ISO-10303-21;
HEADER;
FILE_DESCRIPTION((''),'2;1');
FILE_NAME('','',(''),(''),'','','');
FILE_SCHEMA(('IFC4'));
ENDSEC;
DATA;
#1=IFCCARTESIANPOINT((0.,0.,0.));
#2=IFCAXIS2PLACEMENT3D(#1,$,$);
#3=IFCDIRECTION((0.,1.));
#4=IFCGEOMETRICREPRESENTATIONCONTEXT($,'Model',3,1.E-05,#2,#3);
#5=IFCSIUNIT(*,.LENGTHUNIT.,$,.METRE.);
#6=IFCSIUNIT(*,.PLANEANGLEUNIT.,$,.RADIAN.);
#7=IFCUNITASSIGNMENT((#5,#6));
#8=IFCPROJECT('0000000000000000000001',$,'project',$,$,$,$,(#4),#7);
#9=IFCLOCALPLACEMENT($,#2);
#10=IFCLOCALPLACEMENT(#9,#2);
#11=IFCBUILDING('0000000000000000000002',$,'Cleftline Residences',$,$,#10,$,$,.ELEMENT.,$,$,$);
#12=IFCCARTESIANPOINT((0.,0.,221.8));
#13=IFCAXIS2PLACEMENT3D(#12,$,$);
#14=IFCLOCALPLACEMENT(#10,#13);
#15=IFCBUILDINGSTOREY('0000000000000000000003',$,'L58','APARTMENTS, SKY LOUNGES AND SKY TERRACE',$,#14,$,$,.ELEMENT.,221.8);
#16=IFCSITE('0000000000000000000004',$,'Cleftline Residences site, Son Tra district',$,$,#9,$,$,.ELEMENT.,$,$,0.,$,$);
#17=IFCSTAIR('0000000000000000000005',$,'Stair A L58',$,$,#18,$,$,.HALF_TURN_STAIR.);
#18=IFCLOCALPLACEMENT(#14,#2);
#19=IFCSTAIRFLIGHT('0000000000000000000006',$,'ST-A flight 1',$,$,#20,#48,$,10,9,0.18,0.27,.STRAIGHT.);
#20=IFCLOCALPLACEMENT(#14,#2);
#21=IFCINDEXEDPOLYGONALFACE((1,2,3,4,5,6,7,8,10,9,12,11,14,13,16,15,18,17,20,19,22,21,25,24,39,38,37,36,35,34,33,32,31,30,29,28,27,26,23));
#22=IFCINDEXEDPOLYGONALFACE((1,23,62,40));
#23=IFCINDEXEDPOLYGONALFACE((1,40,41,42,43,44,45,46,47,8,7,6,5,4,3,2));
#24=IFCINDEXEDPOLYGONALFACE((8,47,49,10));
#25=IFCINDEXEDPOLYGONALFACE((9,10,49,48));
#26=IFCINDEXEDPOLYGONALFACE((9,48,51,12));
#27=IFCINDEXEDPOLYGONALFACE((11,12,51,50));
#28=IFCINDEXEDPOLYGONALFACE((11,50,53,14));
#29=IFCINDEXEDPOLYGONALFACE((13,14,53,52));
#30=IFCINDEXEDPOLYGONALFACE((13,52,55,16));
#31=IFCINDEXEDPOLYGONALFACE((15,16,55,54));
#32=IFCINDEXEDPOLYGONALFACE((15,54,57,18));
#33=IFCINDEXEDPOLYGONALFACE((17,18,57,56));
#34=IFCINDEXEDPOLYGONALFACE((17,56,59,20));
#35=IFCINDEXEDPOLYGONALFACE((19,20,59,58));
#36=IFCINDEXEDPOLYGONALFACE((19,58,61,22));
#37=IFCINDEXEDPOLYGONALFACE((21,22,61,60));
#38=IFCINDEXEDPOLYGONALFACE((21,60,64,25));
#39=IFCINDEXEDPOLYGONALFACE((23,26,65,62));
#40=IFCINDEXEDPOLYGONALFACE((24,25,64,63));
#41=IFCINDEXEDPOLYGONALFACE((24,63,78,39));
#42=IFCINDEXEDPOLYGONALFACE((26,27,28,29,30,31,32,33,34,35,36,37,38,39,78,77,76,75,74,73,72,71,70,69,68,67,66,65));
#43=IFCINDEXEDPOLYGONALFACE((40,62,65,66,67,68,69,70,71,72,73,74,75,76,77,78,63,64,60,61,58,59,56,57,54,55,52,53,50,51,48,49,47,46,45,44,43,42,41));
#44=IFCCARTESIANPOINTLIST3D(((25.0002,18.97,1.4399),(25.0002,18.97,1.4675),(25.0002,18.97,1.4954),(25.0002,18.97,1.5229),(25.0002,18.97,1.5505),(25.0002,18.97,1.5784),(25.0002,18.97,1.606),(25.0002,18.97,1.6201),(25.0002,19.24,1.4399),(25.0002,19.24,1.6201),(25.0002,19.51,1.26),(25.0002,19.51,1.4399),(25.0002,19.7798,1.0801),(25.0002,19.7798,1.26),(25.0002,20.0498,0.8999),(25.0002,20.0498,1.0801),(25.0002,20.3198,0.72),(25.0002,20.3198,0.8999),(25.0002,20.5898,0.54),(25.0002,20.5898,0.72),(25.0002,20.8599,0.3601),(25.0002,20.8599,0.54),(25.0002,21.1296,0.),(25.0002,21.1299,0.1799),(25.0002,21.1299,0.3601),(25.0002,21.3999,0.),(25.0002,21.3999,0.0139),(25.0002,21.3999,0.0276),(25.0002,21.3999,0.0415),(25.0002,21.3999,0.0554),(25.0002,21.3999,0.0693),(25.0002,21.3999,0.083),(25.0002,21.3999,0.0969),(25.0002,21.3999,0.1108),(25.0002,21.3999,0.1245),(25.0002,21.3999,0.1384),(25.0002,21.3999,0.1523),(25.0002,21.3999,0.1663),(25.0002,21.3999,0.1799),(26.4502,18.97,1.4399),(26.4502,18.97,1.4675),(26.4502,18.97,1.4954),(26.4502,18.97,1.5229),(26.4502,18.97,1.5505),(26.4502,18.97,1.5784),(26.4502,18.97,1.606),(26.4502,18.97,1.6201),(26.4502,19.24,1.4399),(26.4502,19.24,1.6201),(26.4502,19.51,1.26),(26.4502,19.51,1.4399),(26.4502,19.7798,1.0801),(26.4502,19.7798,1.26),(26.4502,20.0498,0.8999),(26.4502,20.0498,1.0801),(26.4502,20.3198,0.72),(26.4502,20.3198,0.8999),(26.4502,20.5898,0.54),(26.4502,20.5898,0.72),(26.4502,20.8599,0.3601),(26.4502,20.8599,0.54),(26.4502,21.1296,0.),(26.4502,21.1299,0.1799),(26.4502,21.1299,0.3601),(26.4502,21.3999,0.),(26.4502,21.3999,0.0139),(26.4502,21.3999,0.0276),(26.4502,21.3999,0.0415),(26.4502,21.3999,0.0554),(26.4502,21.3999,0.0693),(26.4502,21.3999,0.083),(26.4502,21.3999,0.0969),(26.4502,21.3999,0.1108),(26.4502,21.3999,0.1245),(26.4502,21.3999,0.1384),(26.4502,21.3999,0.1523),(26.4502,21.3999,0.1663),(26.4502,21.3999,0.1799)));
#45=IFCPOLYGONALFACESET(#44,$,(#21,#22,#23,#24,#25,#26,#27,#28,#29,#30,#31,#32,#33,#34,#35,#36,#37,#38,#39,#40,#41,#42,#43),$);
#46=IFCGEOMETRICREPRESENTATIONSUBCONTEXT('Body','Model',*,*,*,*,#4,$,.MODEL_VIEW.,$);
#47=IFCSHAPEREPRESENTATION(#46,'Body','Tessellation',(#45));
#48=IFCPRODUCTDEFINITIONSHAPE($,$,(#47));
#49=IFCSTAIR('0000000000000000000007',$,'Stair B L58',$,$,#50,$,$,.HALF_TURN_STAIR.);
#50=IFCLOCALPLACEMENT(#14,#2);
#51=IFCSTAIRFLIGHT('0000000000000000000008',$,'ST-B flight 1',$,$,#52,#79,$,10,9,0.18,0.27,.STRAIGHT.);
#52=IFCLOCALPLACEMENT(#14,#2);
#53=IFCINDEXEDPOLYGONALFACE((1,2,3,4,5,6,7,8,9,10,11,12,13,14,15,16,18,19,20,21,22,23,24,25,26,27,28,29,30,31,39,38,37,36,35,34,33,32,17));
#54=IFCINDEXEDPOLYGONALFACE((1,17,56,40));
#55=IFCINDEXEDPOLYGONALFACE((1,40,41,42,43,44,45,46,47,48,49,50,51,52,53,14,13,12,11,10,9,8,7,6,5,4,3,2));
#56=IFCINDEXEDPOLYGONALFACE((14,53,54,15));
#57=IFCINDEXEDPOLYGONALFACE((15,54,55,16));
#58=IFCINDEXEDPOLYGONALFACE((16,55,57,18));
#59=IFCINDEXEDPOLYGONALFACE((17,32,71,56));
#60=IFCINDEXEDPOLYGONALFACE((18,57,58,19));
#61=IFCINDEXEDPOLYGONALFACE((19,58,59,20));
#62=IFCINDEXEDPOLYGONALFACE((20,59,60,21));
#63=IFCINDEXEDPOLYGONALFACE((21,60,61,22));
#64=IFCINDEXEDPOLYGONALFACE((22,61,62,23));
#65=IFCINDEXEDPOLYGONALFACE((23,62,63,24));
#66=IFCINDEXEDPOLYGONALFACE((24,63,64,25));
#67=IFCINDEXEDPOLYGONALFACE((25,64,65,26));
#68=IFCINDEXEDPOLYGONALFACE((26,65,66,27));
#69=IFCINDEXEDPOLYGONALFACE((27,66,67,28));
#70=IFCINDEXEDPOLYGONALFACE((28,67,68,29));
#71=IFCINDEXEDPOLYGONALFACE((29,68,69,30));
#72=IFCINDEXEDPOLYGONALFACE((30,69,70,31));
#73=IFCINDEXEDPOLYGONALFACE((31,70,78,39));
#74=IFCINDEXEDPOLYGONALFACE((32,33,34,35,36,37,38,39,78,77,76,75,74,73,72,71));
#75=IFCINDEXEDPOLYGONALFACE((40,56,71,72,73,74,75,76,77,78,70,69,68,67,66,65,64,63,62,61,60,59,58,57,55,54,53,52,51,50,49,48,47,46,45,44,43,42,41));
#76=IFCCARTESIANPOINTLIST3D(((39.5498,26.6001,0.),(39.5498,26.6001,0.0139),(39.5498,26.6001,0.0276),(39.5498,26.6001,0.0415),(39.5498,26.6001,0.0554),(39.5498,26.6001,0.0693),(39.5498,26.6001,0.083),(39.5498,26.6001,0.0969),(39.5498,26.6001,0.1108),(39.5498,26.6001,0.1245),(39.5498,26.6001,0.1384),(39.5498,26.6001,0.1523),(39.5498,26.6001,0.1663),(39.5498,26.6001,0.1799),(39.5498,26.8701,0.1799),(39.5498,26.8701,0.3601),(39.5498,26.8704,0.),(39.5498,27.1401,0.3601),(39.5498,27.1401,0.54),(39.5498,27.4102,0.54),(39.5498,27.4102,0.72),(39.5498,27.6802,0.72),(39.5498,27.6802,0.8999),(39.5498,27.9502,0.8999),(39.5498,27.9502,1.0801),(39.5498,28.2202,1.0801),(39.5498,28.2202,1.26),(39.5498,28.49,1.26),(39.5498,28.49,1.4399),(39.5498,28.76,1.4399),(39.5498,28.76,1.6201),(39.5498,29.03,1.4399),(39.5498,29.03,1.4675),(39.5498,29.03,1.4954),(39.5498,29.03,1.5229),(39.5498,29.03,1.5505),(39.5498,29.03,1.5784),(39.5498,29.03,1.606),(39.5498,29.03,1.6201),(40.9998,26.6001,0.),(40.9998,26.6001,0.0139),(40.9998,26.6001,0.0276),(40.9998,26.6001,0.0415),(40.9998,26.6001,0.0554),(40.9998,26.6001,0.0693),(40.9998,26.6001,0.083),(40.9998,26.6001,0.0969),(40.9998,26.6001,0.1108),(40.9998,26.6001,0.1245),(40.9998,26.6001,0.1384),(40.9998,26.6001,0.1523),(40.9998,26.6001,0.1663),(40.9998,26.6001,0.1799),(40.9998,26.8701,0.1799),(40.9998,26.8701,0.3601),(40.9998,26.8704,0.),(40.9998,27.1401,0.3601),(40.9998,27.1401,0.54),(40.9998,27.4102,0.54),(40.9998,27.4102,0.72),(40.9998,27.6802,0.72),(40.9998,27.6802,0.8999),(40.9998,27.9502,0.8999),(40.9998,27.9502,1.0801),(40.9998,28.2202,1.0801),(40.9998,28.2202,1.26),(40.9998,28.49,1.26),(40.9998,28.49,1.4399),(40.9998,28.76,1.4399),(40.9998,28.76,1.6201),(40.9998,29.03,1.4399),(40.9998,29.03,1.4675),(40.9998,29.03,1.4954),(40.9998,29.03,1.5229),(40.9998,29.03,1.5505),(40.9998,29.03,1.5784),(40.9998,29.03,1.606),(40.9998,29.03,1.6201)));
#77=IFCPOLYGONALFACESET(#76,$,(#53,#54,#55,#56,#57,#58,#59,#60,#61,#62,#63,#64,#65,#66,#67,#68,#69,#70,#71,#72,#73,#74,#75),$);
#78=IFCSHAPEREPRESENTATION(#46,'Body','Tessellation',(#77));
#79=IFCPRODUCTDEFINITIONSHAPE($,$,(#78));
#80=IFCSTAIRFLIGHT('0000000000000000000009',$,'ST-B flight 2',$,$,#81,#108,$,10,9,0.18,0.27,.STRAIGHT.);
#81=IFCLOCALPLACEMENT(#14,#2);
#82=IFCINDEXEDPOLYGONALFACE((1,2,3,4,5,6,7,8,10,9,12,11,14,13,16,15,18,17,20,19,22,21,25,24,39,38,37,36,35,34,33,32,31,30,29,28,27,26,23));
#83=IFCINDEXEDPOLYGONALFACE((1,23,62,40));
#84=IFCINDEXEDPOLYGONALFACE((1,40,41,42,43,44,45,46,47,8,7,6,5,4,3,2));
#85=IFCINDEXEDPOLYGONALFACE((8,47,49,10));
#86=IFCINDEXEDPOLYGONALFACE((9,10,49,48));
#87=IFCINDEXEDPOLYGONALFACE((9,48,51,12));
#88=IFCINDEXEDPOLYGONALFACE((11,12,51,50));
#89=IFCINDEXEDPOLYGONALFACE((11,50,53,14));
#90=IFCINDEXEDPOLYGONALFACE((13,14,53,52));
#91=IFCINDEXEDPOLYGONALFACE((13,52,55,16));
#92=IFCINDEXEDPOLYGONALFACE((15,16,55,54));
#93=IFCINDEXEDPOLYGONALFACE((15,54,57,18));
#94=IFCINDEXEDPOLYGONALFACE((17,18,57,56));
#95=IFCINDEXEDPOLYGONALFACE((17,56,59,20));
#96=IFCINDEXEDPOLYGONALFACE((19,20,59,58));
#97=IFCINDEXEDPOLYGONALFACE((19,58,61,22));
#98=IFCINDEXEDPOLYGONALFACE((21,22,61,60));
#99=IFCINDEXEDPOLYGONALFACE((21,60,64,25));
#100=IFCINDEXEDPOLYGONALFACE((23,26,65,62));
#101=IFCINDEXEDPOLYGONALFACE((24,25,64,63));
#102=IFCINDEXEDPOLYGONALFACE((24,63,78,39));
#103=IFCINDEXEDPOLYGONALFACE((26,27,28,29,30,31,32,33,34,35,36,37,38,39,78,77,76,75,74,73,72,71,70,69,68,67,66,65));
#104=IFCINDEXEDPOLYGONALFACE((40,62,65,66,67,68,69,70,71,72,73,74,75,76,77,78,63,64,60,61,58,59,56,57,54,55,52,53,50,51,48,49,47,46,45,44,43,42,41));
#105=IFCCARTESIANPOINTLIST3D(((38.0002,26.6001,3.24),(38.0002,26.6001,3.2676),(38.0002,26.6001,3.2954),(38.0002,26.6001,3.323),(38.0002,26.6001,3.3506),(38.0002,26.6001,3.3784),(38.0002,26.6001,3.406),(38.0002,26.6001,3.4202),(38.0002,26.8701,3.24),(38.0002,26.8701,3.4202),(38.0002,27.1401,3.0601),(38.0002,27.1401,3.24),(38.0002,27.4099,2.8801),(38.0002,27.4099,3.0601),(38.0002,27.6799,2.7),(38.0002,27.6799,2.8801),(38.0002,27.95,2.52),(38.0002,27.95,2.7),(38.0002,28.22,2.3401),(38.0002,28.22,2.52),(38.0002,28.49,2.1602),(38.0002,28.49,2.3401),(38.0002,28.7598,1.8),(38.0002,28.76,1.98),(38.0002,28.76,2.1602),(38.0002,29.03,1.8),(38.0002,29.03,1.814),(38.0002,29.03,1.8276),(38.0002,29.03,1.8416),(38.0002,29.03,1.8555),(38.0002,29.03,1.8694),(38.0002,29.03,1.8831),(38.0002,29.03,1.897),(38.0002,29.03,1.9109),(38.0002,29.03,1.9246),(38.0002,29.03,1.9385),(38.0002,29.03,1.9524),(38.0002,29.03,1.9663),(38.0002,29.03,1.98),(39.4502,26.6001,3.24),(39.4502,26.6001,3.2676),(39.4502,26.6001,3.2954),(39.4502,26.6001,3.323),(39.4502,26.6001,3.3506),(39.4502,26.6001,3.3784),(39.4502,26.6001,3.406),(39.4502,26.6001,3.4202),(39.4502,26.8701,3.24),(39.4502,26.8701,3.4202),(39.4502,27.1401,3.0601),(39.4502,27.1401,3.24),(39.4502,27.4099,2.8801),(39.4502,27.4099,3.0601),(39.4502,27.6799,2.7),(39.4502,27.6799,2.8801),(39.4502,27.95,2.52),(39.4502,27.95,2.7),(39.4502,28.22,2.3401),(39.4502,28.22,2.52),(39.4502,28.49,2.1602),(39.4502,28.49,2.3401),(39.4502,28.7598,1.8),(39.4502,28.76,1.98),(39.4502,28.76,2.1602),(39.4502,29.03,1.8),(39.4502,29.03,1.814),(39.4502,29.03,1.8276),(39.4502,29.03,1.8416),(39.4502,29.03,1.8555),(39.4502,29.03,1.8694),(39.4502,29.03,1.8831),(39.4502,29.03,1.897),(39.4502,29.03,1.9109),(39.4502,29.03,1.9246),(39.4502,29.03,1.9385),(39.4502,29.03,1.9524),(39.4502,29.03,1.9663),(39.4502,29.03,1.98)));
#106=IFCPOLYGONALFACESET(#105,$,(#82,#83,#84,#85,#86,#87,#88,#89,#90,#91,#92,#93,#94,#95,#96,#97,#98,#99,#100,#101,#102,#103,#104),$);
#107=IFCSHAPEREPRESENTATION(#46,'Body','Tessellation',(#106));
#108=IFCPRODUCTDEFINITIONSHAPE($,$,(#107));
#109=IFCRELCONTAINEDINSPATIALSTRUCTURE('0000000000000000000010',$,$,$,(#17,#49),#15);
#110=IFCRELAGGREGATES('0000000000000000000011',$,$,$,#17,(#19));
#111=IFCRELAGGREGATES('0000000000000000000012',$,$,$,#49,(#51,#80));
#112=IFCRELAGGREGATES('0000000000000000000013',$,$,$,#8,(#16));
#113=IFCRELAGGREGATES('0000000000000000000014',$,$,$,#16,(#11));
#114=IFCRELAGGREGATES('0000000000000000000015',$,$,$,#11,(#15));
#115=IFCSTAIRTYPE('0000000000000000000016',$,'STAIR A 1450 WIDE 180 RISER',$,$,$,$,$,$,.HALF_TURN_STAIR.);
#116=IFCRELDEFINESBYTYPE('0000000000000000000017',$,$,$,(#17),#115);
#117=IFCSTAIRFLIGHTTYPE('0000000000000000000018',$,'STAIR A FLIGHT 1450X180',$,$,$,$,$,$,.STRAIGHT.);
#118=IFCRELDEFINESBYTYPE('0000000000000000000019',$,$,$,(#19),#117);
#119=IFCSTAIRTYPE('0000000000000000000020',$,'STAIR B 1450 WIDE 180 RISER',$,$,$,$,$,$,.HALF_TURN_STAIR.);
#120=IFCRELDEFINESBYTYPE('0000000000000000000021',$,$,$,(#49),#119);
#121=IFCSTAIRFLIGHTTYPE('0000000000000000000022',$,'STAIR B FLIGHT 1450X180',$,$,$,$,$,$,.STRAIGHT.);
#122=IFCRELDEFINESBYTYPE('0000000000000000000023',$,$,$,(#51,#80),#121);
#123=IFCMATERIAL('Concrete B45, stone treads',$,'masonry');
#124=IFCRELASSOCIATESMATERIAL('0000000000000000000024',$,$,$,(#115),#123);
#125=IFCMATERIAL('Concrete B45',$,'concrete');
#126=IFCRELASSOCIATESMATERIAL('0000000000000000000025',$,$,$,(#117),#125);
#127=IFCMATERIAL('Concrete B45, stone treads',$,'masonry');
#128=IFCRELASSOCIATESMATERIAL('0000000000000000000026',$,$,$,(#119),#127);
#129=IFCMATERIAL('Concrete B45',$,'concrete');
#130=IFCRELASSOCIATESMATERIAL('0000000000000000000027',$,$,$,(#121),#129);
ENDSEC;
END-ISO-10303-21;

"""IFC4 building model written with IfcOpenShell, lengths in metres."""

from ifc_helpers import new_model, si_unit, direction, frame, origin, place, context, subcontext, project, spatial, polyline, outline, extrude, material, type_object, element, aggregate, save


model = new_model("IFC4")

# Units and contexts
model_context = context("Model", 3, precision=1e-05, world=origin(), true_north=direction((0.0, 1.0)))
body_context = subcontext(model_context, "Body", "Model", "MODEL_VIEW")
ifc_project = project(units=[si_unit("LENGTHUNIT", "METRE"), si_unit("PLANEANGLEUNIT", "RADIAN")], contexts=[model_context])

# Site, building, storey
site_placement = place(None, origin())
site = spatial("IfcSite", under=ifc_project, at=site_placement, Name="Cleftline Residences site, Son Tra district", CompositionType="ELEMENT", RefElevation=0.0)
building_placement = place(site_placement, origin())
building = spatial("IfcBuilding", under=site, at=building_placement, Name="Cleftline Residences", CompositionType="ELEMENT")
storey_placement = place(building_placement, frame((0.0, 0.0, 221.8)))
storey = spatial("IfcBuildingStorey", under=building, at=storey_placement, Name="L58", Description="APARTMENTS, SKY LOUNGES AND SKY TERRACE", CompositionType="ELEMENT", Elevation=221.8)

# Stair, stair flight
ifc_material_1 = material(Name="Concrete B45, stone treads", Category="masonry")
stair_type_1 = type_object("IfcStairType", Name="STAIR A 1450 WIDE 180 RISER", PredefinedType="HALF_TURN_STAIR", material=ifc_material_1)
stair_1_placement = place(storey_placement, origin())
stair_1 = element("IfcStair", 1, at=stair_1_placement, inside=storey, type_object=stair_type_1, Name="Stair A L58", PredefinedType="HALF_TURN_STAIR")
ifc_material_2 = material(Name="Concrete B45", Category="concrete")
stair_flight_type_1 = type_object("IfcStairFlightType", Name="STAIR A FLIGHT 1450X180", PredefinedType="STRAIGHT", material=ifc_material_2)
stair_flight_1_placement = place(storey_placement, frame((25.7251, 21.3999, 0.0), z_axis=(0.0, 0.0, 1.0), x_axis=(0.0, -1.0, 0.0)))
stair_flight_1 = element("IfcStairFlight", 2, at=stair_flight_1_placement, type_object=stair_flight_type_1, Name="ST-A flight 1", NumberOfRisers=10, NumberOfTreads=9, PredefinedType="STRAIGHT", RiserHeight=0.18, TreadLength=0.27, context=body_context, shape_type="SweptSolid", body=[
    extrude(outline(polyline([(0.0, 0.0), (0.0, 0.0139), (0.0, 0.0276), (0.0, 0.0415), (0.0, 0.0554), (0.0, 0.0693), (0.0, 0.083), (0.0, 0.0969), (0.0, 0.1108), (0.0, 0.1245), (0.0, 0.1384), (0.0, 0.1523), (0.0, 0.1663), (0.0, 0.1799), (0.27, 0.1799), (0.27, 0.3601), (0.54, 0.3601), (0.54, 0.54), (0.8101, 0.54), (0.8101, 0.72), (1.0801, 0.72), (1.0801, 0.8999), (1.3501, 0.8999), (1.3501, 1.0801), (1.6201, 1.0801), (1.6201, 1.26), (1.8899, 1.26), (1.8899, 1.4399), (2.1599, 1.4399), (2.1599, 1.6201), (2.4299, 1.6201), (2.4299, 1.8), (2.4299, 1.7722), (2.4299, 1.7446), (2.4299, 1.7168), (2.4299, 1.6892), (2.4299, 1.6614), (2.4299, 1.6338), (2.4299, 1.606), (2.4299, 1.5784), (2.4299, 1.5505), (2.4299, 1.5229), (2.4299, 1.4954), (2.4299, 1.4675), (2.4299, 1.4399), (0.2703, 0.0), (0.0, 0.0)])), frame((0.0, 0.7251, 0.0), z_axis=(0.0, -1.0, 0.0), x_axis=(1.0, 0.0, 0.0)), (0.0, 0.0, 1.0), 1.45),
])
aggregate(stair_1, [stair_flight_1])

# Stair, stair flights
ifc_material_3 = material(Name="Concrete B45, stone treads", Category="masonry")
stair_type_2 = type_object("IfcStairType", Name="STAIR B 1450 WIDE 180 RISER", PredefinedType="HALF_TURN_STAIR", material=ifc_material_3)
stair_2_placement = place(storey_placement, origin())
stair_2 = element("IfcStair", 3, at=stair_2_placement, inside=storey, type_object=stair_type_2, Name="Stair B L58", PredefinedType="HALF_TURN_STAIR")
ifc_material_4 = material(Name="Concrete B45", Category="concrete")
stair_flight_type_2 = type_object("IfcStairFlightType", Name="STAIR B FLIGHT 1450X180", PredefinedType="STRAIGHT", material=ifc_material_4)
stair_flight_2_placement = place(storey_placement, frame((40.2749, 26.6001, 0.0), z_axis=(0.0, 0.0, 1.0), x_axis=(0.0, 1.0, 0.0)))
stair_flight_2 = element("IfcStairFlight", 4, at=stair_flight_2_placement, type_object=stair_flight_type_2, Name="ST-B flight 1", NumberOfRisers=10, NumberOfTreads=9, PredefinedType="STRAIGHT", RiserHeight=0.18, TreadLength=0.27, context=body_context, shape_type="SweptSolid", body=[
    extrude(outline(polyline([(0.0, 0.0), (0.0, 0.0139), (0.0, 0.0276), (0.0, 0.0415), (0.0, 0.0554), (0.0, 0.0693), (0.0, 0.083), (0.0, 0.0969), (0.0, 0.1108), (0.0, 0.1245), (0.0, 0.1384), (0.0, 0.1523), (0.0, 0.1663), (0.0, 0.1799), (0.27, 0.1799), (0.27, 0.3601), (0.54, 0.3601), (0.54, 0.54), (0.8101, 0.54), (0.8101, 0.72), (1.0801, 0.72), (1.0801, 0.8999), (1.3501, 0.8999), (1.3501, 1.0801), (1.6201, 1.0801), (1.6201, 1.26), (1.8899, 1.26), (1.8899, 1.4399), (2.1599, 1.4399), (2.1599, 1.6201), (2.4299, 1.6201), (2.4299, 1.8), (2.4299, 1.7722), (2.4299, 1.7446), (2.4299, 1.7168), (2.4299, 1.6892), (2.4299, 1.6614), (2.4299, 1.6338), (2.4299, 1.606), (2.4299, 1.5784), (2.4299, 1.5505), (2.4299, 1.5229), (2.4299, 1.4954), (2.4299, 1.4675), (2.4299, 1.4399), (0.2703, 0.0), (0.0, 0.0)])), frame((0.0, 0.7251, 0.0), z_axis=(0.0, -1.0, 0.0), x_axis=(1.0, 0.0, 0.0)), (0.0, 0.0, 1.0), 1.45),
])
stair_flight_3_placement = place(storey_placement, frame((38.7251, 29.03, 1.8), z_axis=(0.0, 0.0, 1.0), x_axis=(0.0, -1.0, 0.0)))
stair_flight_3 = element("IfcStairFlight", 5, at=stair_flight_3_placement, type_object=stair_flight_type_2, Name="ST-B flight 2", NumberOfRisers=10, NumberOfTreads=9, PredefinedType="STRAIGHT", RiserHeight=0.18, TreadLength=0.27, context=body_context, shape_type="SweptSolid", body=[
    extrude(outline(polyline([(0.0, 0.0), (0.0, 0.0139), (0.0, 0.0276), (0.0, 0.0415), (0.0, 0.0554), (0.0, 0.0693), (0.0, 0.083), (0.0, 0.0969), (0.0, 0.1108), (0.0, 0.1245), (0.0, 0.1384), (0.0, 0.1523), (0.0, 0.1663), (0.0, 0.1799), (0.27, 0.1799), (0.27, 0.3601), (0.54, 0.3601), (0.54, 0.54), (0.8101, 0.54), (0.8101, 0.72), (1.0801, 0.72), (1.0801, 0.8999), (1.3501, 0.8999), (1.3501, 1.0801), (1.6201, 1.0801), (1.6201, 1.26), (1.8899, 1.26), (1.8899, 1.4399), (2.1599, 1.4399), (2.1599, 1.6201), (2.4299, 1.6201), (2.4299, 1.8), (2.4299, 1.7722), (2.4299, 1.7446), (2.4299, 1.7168), (2.4299, 1.6892), (2.4299, 1.6614), (2.4299, 1.6338), (2.4299, 1.606), (2.4299, 1.5784), (2.4299, 1.5505), (2.4299, 1.5229), (2.4299, 1.4954), (2.4299, 1.4675), (2.4299, 1.4399), (0.2703, 0.0), (0.0, 0.0)])), frame((0.0, 0.7251, 0.0), z_axis=(0.0, -1.0, 0.0), x_axis=(1.0, 0.0, 0.0)), (0.0, 0.0, 1.0), 1.45),
])
aggregate(stair_2, [stair_flight_2, stair_flight_3])

save(model, "model.ifc")
